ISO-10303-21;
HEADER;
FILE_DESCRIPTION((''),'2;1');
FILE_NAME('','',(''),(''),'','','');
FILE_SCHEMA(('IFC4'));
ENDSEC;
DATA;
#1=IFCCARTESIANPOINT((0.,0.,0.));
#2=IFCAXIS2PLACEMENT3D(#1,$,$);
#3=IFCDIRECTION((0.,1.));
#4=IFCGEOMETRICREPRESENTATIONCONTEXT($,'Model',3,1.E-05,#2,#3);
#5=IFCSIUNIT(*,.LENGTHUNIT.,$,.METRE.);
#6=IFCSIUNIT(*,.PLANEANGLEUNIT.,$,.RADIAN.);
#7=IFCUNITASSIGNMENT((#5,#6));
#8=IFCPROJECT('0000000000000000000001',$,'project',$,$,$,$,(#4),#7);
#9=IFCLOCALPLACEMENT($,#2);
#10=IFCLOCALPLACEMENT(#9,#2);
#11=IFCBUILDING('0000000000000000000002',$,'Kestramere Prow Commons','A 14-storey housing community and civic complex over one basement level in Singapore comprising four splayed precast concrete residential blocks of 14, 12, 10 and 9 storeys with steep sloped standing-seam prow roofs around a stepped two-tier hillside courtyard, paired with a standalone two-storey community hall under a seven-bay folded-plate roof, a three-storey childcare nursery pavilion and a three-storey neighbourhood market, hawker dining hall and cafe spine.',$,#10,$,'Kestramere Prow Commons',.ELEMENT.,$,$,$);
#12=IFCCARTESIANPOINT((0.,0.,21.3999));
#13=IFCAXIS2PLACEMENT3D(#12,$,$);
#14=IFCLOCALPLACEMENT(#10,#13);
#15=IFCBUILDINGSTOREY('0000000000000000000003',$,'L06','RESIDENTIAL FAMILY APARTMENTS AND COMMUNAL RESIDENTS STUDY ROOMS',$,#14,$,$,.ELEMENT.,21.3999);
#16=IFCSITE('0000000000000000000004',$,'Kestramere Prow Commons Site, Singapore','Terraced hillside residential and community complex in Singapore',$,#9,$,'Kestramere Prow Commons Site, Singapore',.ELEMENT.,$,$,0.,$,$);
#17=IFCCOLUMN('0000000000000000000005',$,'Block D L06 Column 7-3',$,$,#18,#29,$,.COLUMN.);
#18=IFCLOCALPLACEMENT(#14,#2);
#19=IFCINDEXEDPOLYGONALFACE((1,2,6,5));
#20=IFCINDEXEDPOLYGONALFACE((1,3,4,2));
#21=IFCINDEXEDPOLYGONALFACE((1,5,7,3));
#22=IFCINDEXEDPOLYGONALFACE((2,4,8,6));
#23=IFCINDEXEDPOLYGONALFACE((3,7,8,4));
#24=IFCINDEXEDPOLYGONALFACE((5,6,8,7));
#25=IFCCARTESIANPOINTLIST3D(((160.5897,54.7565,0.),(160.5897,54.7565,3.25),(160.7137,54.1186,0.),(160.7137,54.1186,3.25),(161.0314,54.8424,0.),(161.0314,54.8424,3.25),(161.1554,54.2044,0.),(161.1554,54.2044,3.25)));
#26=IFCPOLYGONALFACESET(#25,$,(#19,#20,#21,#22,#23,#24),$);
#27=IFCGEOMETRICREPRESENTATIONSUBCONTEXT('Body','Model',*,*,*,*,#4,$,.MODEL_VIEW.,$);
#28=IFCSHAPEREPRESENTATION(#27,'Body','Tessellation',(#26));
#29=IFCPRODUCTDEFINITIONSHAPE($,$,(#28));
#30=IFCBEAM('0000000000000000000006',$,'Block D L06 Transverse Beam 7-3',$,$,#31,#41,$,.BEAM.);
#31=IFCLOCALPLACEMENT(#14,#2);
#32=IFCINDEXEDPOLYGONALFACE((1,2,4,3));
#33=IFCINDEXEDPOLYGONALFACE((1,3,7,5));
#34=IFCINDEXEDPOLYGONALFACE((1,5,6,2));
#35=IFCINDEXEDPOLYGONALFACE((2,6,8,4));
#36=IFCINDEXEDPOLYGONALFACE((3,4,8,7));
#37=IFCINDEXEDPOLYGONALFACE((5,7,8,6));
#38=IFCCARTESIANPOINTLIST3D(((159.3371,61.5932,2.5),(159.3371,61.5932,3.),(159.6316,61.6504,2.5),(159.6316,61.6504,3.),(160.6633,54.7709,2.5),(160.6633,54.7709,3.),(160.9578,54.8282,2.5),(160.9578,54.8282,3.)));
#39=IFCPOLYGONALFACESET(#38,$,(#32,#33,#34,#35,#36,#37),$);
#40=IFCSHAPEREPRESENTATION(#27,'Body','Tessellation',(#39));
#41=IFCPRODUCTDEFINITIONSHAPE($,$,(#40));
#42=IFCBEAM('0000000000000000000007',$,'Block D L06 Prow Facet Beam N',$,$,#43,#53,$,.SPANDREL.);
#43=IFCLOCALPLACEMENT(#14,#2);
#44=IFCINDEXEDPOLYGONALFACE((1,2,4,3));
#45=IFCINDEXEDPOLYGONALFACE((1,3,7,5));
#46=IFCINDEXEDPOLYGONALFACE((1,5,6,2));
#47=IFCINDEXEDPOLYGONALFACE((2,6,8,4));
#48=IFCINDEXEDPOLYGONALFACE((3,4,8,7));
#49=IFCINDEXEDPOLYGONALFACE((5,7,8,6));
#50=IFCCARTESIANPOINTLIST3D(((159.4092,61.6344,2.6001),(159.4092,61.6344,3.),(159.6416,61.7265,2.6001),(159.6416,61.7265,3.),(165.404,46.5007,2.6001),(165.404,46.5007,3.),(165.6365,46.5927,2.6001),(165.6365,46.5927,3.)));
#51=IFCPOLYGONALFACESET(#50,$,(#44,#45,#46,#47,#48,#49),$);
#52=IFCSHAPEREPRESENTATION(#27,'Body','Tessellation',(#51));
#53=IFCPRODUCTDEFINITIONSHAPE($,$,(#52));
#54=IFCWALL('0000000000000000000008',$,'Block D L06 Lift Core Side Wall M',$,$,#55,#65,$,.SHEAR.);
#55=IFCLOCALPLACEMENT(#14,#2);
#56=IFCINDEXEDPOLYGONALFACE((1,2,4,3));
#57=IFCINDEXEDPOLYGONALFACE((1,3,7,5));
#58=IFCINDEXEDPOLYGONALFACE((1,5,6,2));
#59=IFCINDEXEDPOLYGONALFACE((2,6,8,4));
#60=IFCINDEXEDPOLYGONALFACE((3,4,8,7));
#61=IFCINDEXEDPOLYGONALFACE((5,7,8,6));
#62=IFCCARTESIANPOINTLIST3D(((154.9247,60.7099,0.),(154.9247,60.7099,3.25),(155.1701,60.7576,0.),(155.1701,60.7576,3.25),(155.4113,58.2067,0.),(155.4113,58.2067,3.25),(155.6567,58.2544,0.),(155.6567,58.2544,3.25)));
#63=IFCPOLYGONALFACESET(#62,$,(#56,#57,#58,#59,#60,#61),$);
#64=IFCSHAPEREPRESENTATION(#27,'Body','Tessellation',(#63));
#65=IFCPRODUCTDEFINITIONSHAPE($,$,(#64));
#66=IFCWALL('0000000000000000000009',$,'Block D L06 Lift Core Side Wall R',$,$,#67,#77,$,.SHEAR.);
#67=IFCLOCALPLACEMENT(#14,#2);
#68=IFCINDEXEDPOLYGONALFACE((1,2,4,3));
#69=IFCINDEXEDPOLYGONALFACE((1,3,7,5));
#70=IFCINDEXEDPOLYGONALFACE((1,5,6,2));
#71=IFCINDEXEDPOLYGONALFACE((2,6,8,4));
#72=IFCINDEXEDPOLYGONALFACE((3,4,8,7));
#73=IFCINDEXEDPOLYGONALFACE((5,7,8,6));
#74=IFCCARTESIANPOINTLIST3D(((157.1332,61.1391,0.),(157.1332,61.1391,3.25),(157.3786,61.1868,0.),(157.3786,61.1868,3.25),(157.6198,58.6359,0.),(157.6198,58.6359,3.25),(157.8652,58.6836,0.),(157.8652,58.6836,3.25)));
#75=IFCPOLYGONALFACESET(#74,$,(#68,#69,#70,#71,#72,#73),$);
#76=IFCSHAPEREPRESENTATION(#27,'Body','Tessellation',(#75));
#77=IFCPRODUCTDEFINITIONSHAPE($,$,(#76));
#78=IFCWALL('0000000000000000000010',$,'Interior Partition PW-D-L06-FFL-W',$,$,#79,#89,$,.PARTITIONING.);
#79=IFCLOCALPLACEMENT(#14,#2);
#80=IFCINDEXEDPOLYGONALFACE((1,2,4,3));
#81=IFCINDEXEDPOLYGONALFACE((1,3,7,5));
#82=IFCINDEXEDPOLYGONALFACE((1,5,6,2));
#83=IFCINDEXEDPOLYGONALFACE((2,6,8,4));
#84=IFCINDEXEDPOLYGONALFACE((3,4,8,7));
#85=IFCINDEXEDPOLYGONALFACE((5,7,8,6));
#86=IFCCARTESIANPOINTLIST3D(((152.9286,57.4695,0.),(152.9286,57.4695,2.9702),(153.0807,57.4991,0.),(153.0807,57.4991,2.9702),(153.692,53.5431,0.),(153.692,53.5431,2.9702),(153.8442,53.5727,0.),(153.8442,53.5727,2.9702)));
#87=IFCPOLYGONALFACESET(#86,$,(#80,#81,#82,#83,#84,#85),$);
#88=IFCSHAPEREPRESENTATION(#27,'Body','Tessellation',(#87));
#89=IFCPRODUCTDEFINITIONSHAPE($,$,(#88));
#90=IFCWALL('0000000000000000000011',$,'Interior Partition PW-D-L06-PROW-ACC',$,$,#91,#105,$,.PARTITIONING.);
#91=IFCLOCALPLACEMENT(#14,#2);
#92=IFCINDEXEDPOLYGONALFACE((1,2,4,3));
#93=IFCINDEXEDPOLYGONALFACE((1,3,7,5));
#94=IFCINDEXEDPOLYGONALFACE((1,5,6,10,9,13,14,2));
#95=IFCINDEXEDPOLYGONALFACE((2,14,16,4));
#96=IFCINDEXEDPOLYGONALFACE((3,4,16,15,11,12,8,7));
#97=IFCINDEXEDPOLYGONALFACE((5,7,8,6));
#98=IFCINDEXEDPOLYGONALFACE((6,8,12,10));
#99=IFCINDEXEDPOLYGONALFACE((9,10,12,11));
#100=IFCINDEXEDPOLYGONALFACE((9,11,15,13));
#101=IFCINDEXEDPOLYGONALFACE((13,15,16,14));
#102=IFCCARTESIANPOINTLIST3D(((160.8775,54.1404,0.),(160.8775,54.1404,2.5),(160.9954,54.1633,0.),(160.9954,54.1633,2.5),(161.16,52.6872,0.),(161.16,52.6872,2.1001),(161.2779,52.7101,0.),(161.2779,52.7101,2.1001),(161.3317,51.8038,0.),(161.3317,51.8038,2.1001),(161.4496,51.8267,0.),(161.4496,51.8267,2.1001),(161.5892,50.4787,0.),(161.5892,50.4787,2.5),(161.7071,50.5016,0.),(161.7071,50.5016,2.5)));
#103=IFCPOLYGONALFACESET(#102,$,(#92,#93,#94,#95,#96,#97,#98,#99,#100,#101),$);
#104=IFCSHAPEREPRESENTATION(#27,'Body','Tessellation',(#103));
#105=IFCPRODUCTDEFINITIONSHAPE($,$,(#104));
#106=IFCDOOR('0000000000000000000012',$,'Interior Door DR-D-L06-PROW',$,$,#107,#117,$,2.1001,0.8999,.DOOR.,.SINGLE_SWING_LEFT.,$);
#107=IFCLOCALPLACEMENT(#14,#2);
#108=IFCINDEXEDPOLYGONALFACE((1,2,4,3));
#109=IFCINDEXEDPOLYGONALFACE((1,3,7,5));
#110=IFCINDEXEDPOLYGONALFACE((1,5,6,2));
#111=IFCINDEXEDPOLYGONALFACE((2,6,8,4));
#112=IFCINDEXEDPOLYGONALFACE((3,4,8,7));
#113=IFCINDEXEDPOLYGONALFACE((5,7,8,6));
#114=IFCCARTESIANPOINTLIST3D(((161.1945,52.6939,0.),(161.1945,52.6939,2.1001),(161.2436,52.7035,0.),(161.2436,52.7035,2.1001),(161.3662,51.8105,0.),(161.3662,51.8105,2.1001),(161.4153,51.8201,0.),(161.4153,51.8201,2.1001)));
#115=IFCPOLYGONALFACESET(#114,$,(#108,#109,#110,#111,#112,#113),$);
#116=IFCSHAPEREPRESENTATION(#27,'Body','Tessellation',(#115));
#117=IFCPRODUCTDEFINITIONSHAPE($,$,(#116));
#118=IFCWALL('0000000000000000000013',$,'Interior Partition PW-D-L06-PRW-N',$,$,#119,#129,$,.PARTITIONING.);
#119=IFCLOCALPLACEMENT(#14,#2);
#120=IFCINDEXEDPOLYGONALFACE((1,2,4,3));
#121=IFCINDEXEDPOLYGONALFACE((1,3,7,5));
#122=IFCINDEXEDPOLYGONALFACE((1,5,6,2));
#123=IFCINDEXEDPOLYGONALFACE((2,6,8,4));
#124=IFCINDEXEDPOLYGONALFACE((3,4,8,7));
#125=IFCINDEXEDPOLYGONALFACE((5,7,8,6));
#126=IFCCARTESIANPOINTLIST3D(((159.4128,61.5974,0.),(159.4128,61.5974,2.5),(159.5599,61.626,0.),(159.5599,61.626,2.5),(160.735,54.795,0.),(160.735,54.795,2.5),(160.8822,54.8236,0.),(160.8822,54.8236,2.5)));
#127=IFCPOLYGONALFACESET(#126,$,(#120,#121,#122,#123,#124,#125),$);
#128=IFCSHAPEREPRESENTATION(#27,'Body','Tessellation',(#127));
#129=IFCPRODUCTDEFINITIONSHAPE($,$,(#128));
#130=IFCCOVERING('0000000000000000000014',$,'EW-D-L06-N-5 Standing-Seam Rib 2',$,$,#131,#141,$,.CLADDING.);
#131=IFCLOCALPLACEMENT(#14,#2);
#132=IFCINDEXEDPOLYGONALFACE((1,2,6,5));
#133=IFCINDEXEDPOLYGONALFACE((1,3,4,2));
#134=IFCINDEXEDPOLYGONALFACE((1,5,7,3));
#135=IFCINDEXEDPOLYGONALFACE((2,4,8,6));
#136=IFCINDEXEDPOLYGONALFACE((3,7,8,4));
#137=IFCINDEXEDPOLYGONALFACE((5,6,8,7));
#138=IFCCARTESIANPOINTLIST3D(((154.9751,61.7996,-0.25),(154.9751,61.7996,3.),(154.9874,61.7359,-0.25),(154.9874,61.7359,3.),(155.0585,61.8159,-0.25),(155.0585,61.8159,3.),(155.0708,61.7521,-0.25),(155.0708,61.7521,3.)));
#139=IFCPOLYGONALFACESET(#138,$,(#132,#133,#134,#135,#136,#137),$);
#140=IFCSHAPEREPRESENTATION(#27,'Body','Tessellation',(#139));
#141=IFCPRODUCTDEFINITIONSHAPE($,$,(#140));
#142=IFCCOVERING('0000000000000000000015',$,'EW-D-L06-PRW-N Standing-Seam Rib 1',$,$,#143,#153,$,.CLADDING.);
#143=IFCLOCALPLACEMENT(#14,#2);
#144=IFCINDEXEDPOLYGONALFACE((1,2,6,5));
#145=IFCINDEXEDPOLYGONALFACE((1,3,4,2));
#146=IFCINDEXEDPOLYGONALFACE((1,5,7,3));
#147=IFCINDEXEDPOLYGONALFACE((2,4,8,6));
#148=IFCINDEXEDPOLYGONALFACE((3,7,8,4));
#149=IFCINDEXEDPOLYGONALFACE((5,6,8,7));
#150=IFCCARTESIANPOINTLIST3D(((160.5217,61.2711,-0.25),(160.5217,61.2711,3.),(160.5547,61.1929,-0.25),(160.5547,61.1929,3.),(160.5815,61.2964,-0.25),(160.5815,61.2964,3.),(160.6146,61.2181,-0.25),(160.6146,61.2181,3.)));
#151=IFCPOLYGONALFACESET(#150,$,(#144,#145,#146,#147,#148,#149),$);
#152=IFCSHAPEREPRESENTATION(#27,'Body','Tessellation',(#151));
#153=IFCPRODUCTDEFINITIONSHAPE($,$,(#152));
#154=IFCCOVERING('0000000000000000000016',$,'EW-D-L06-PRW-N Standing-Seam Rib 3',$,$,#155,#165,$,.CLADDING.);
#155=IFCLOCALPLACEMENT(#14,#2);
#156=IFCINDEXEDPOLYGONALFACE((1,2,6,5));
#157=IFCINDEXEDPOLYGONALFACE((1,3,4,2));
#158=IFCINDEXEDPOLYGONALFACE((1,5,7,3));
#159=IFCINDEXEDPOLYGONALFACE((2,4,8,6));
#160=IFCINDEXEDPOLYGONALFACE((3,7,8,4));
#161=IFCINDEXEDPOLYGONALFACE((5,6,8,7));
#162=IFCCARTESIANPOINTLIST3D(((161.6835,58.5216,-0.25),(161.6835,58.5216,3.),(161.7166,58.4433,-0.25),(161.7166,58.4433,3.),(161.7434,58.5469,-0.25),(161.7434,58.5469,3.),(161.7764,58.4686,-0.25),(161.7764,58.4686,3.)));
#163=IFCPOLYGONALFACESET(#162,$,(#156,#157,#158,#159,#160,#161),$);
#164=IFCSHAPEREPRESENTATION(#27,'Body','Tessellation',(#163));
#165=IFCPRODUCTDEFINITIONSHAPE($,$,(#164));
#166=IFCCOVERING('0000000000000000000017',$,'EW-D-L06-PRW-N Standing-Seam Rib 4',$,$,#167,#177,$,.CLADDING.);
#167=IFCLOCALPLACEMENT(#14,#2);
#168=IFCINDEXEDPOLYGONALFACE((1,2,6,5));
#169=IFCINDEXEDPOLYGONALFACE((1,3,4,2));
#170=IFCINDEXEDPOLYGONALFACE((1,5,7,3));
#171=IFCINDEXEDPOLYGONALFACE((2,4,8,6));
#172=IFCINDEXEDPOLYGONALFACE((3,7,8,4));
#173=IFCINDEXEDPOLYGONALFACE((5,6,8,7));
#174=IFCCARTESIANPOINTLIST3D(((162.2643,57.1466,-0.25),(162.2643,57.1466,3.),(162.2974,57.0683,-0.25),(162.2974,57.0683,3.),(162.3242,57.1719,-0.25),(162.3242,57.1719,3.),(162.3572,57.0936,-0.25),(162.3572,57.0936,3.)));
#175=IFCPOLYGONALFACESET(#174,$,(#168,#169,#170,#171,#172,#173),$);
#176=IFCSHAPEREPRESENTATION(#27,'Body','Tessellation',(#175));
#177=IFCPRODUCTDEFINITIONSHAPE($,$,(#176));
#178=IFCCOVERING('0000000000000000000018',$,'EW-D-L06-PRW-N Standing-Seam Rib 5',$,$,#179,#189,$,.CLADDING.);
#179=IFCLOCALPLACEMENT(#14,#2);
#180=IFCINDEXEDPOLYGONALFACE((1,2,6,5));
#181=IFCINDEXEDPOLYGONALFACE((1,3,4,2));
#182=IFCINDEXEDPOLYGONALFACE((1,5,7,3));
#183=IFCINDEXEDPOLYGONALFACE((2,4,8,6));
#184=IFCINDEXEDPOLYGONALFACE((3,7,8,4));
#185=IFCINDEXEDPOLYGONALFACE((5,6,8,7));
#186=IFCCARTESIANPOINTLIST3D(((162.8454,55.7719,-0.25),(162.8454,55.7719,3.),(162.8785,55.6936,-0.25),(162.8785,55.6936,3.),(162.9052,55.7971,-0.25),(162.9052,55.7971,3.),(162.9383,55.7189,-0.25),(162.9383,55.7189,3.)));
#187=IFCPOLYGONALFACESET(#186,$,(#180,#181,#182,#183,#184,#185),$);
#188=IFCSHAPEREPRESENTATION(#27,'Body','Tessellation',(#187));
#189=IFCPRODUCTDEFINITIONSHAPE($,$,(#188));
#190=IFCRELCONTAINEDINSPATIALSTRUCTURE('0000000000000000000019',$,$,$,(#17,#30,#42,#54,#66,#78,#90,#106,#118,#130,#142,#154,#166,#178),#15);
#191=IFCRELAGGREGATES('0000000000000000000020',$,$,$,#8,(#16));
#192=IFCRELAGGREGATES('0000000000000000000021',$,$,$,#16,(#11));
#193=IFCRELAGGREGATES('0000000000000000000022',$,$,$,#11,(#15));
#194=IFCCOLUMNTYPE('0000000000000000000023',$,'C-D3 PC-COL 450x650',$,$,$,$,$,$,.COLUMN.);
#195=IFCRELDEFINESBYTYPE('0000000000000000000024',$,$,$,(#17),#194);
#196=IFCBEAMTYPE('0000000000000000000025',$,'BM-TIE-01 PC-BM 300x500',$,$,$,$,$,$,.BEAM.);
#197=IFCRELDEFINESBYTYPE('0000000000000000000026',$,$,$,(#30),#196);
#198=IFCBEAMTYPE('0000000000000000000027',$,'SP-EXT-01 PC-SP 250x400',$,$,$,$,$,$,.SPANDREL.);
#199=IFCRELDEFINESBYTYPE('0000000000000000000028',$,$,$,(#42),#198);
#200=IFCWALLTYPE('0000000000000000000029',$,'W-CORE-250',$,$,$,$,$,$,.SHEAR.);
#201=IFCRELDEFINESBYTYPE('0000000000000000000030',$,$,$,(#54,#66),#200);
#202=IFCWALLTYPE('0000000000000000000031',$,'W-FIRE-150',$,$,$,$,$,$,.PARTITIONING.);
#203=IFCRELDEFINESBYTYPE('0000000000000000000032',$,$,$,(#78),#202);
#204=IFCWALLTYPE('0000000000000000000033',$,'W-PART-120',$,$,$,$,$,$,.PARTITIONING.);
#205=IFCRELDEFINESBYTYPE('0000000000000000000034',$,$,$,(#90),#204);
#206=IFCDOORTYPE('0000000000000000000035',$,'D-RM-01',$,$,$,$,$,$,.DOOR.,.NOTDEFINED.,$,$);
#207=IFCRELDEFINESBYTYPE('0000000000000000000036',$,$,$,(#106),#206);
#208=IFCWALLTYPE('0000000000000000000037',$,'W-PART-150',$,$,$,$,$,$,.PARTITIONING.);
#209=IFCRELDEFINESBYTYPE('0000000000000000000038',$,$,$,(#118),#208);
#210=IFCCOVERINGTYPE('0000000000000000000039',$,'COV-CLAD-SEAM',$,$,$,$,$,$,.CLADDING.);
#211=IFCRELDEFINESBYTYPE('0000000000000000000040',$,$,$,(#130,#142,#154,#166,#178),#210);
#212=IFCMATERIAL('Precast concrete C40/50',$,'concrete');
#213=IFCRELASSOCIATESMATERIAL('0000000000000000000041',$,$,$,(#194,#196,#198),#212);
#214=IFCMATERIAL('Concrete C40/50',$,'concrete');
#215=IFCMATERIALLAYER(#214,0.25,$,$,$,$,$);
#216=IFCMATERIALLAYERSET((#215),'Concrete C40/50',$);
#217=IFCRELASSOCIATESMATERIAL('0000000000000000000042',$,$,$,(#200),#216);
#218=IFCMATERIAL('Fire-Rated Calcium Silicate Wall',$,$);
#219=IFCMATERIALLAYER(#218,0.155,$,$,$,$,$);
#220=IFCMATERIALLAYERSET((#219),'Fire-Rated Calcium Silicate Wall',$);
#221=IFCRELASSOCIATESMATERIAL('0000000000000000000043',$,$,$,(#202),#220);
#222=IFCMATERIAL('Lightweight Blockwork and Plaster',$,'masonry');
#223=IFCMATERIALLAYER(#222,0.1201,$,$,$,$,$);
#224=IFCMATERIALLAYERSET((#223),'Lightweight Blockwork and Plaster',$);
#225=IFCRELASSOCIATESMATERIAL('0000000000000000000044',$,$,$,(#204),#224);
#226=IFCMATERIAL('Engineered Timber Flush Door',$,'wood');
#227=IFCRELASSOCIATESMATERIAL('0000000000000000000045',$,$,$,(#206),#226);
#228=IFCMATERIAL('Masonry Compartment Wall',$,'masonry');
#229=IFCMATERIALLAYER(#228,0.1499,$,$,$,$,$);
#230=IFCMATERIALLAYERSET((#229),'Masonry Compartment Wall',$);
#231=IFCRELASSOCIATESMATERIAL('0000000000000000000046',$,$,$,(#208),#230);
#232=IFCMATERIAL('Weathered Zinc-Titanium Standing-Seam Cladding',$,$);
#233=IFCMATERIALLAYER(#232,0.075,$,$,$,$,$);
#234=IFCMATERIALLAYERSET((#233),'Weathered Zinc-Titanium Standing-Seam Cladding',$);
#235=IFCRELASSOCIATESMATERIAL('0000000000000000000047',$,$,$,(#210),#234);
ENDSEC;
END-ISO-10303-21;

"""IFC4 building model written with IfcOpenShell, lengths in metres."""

from ifc_helpers import new_model, si_unit, direction, frame, frame_2d, origin, origin_2d, place, context, subcontext, project, spatial, rectangle, extrude, material, layer, layer_set, material_profile, profile_set, type_object, element, fill, save


model = new_model("IFC4")

# Units and contexts
model_context = context("Model", 3, precision=1e-05, world=origin(), true_north=direction((0.0, 1.0)))
body_context = subcontext(model_context, "Body", "Model", "MODEL_VIEW")
ifc_project = project(units=[si_unit("LENGTHUNIT", "METRE"), si_unit("PLANEANGLEUNIT", "RADIAN")], contexts=[model_context])

# Site, building, storey
site_placement = place(None, origin())
site = spatial("IfcSite", under=ifc_project, at=site_placement, Name="Kestramere Prow Commons Site, Singapore", Description="Terraced hillside residential and community complex in Singapore", LongName="Kestramere Prow Commons Site, Singapore", CompositionType="ELEMENT", RefElevation=0.0)
building_placement = place(site_placement, origin())
building = spatial("IfcBuilding", under=site, at=building_placement, Name="Kestramere Prow Commons", Description="A 14-storey housing community and civic complex over one basement level in Singapore comprising four splayed precast concrete residential blocks of 14, 12, 10 and 9 storeys with steep sloped standing-seam prow roofs around a stepped two-tier hillside courtyard, paired with a standalone two-storey community hall under a seven-bay folded-plate roof, a three-storey childcare nursery pavilion and a three-storey neighbourhood market, hawker dining hall and cafe spine.", LongName="Kestramere Prow Commons", CompositionType="ELEMENT")
storey_placement = place(building_placement, frame((0.0, 0.0, 21.3999)))
storey = spatial("IfcBuildingStorey", under=building, at=storey_placement, Name="L06", Description="RESIDENTIAL FAMILY APARTMENTS AND COMMUNAL RESIDENTS STUDY ROOMS", CompositionType="ELEMENT", Elevation=21.3999)

# Column
ifc_material_1 = material(Name="Precast concrete C40/50", Category="concrete")
ifc_material_profile_1 = material_profile(ifc_material_1, rectangle(XDim=0.45, YDim=0.6499, at=origin_2d()), Name="PC-COL 450x650")
ifc_profile_set_1 = profile_set([ifc_material_profile_1], Name="Precast concrete C40/50")
column_type = type_object("IfcColumnType", Name="C-D3 PC-COL 450x650", PredefinedType="COLUMN", material=ifc_profile_set_1)
column_placement = place(storey_placement, frame((160.8726, 54.4805, 0.0), z_axis=(0.0, 0.0, 1.0), x_axis=(0.981627, 0.190809, 0.0)))
element("IfcColumn", 1, at=column_placement, inside=storey, type_object=column_type, Name="Block D L06 Column 7-3", PredefinedType="COLUMN", context=body_context, shape_type="SweptSolid", body=[
    extrude(rectangle(XDim=0.45, YDim=0.6499, at=origin_2d()), origin(), (0.0, 0.0, 1.0), 3.25),
])

# Beams
ifc_material_profile_2 = material_profile(ifc_material_1, rectangle(XDim=0.3, YDim=0.5, at=origin_2d()), Name="PC-BM 300x500")
ifc_profile_set_2 = profile_set([ifc_material_profile_2], Name="Precast concrete C40/50")
beam_type_1 = type_object("IfcBeamType", Name="BM-TIE-01 PC-BM 300x500", PredefinedType="BEAM", material=ifc_profile_set_2)
beam_1_placement = place(storey_placement, frame((160.8105, 54.7996, 2.75), z_axis=(-0.190817, 0.981626, 0.0), x_axis=(-0.981626, -0.190817, 0.0)))
element("IfcBeam", 2, at=beam_1_placement, inside=storey, type_object=beam_type_1, Name="Block D L06 Transverse Beam 7-3", PredefinedType="BEAM", context=body_context, shape_type="SweptSolid", body=[
    extrude(rectangle(XDim=0.3, YDim=0.5, at=origin_2d()), origin(), (0.0, 0.0, 1.0), 6.95),
])
ifc_material_profile_3 = material_profile(ifc_material_1, rectangle(XDim=0.25, YDim=0.3999, at=origin_2d()), Name="PC-SP 250x400")
ifc_profile_set_3 = profile_set([ifc_material_profile_3], Name="Precast concrete C40/50")
beam_type_2 = type_object("IfcBeamType", Name="SP-EXT-01 PC-SP 250x400", PredefinedType="SPANDREL", material=ifc_profile_set_3)
beam_2_placement = place(storey_placement, frame((159.5254, 61.6804, 2.8), z_axis=(0.368283, -0.929714, 0.0), x_axis=(0.929714, 0.368283, 0.0)))
element("IfcBeam", 3, at=beam_2_placement, inside=storey, type_object=beam_type_2, Name="Block D L06 Prow Facet Beam N", PredefinedType="SPANDREL", context=body_context, shape_type="SweptSolid", body=[
    extrude(rectangle(XDim=0.25, YDim=0.3999, at=origin_2d()), origin(), (0.0, 0.0, 1.0), 16.2778),
])

# Shared definitions
ifc_material_2 = material(Name="Concrete C40/50", Category="concrete")
ifc_layer_1 = layer(ifc_material_2, 0.25)
ifc_layer_set_1 = layer_set([ifc_layer_1], Name="Concrete C40/50")
wall_type_1 = type_object("IfcWallType", Name="W-CORE-250", PredefinedType="SHEAR", material=ifc_layer_set_1)

# Walls
for number, where, z_axis, x_axis, name in (
    (4, (155.5339, 58.2307, 0.0), (0.0, 0.0, 1.0), (-0.190811, 0.981627, 0.0), "Block D L06 Lift Core Side Wall M"),
    (5, (157.7424, 58.6599, 0.0), (0.0, 0.0, 1.0), (-0.190811, 0.981627, 0.0), "Block D L06 Lift Core Side Wall R"),
):
    element("IfcWall", number, at=place(storey_placement, frame(where, z_axis=z_axis, x_axis=x_axis)), inside=storey, type_object=wall_type_1, Name=name, PredefinedType="SHEAR", context=body_context, shape_type="SweptSolid", body=[
        extrude(rectangle(XDim=2.55, YDim=0.25, at=frame_2d((1.2749, 0.0))), origin(), (0.0, 0.0, 1.0), 3.25),
    ])
ifc_material_3 = material(Name="Fire-Rated Calcium Silicate Wall")
ifc_layer_2 = layer(ifc_material_3, 0.155)
ifc_layer_set_2 = layer_set([ifc_layer_2], Name="Fire-Rated Calcium Silicate Wall")
wall_type_2 = type_object("IfcWallType", Name="W-FIRE-150", PredefinedType="PARTITIONING", material=ifc_layer_set_2)
wall_1_placement = place(storey_placement, frame((153.7681, 53.5579, 0.0), z_axis=(0.0, 0.0, 1.0), x_axis=(-0.190855, 0.981618, 0.0)))
element("IfcWall", 6, at=wall_1_placement, inside=storey, type_object=wall_type_2, Name="Interior Partition PW-D-L06-FFL-W", PredefinedType="PARTITIONING", context=body_context, shape_type="SweptSolid", body=[
    extrude(rectangle(XDim=4.0, YDim=0.155, at=frame_2d((2.0, 0.0))), origin(), (0.0, 0.0, 1.0), 2.9702),
])

# Wall, opening, door
ifc_material_4 = material(Name="Lightweight Blockwork and Plaster", Category="masonry")
ifc_layer_3 = layer(ifc_material_4, 0.1201)
ifc_layer_set_3 = layer_set([ifc_layer_3], Name="Lightweight Blockwork and Plaster")
wall_type_3 = type_object("IfcWallType", Name="W-PART-120", PredefinedType="PARTITIONING", material=ifc_layer_set_3)
wall_2_placement = place(storey_placement, frame((161.6482, 50.49, 0.0), z_axis=(0.0, 0.0, 1.0), x_axis=(-0.190789, 0.981631, 0.0)))
wall_2 = element("IfcWall", 7, at=wall_2_placement, inside=storey, type_object=wall_type_3, Name="Interior Partition PW-D-L06-PROW-ACC", PredefinedType="PARTITIONING", context=body_context, shape_type="SweptSolid", body=[
    extrude(rectangle(XDim=3.7302, YDim=0.1201, at=frame_2d((1.8652, 0.0))), origin(), (0.0, 0.0, 1.0), 2.5),
])
opening_1_placement = place(wall_2_placement, frame((1.3501, 0.0, 0.0)))
opening_1 = element("IfcOpeningElement", 8, at=opening_1_placement, cuts=wall_2, PredefinedType="OPENING", context=body_context, shape_type="SweptSolid", body=[
    extrude(rectangle(XDim=0.8999, YDim=2.1001, at=frame_2d((0.45, 1.05))), frame((0.0, 0.075, 0.0), z_axis=(0.0, -1.0, 0.0), x_axis=(1.0, 0.0, 0.0)), (0.0, 0.0, 1.0), 0.1501),
])
ifc_material_5 = material(Name="Engineered Timber Flush Door", Category="wood")
door_type_1 = type_object("IfcDoorType", Name="D-RM-01", OperationType="NOTDEFINED", PredefinedType="DOOR", material=ifc_material_5)
door_1_placement = place(opening_1_placement, origin())
door_1 = element("IfcDoor", 9, at=door_1_placement, inside=storey, type_object=door_type_1, Name="Interior Door DR-D-L06-PROW", OperationType="SINGLE_SWING_LEFT", OverallHeight=2.1001, OverallWidth=0.8999, PredefinedType="DOOR", context=body_context, shape_type="SweptSolid", body=[
    extrude(rectangle(XDim=0.8999, YDim=2.1001, at=frame_2d((0.45, 1.05))), frame((0.0, 0.0249, 0.0), z_axis=(0.0, -1.0, 0.0), x_axis=(1.0, 0.0, 0.0)), (0.0, 0.0, 1.0), 0.05),
])
fill(opening_1, door_1)

# Wall
ifc_material_6 = material(Name="Masonry Compartment Wall", Category="masonry")
ifc_layer_4 = layer(ifc_material_6, 0.1499)
ifc_layer_set_4 = layer_set([ifc_layer_4], Name="Masonry Compartment Wall")
wall_type_4 = type_object("IfcWallType", Name="W-PART-150", PredefinedType="PARTITIONING", material=ifc_layer_set_4)
wall_3_placement = place(storey_placement, frame((160.8086, 54.8093, 0.0), z_axis=(0.0, 0.0, 1.0), x_axis=(-0.190808, 0.981627, 0.0)))
element("IfcWall", 10, at=wall_3_placement, inside=storey, type_object=wall_type_4, Name="Interior Partition PW-D-L06-PRW-N", PredefinedType="PARTITIONING", context=body_context, shape_type="SweptSolid", body=[
    extrude(rectangle(XDim=6.9297, YDim=0.1499, at=frame_2d((3.4648, 0.0))), origin(), (0.0, 0.0, 1.0), 2.5),
])

# Coverings
ifc_material_7 = material(Name="Weathered Zinc-Titanium Standing-Seam Cladding")
ifc_layer_5 = layer(ifc_material_7, 0.075)
ifc_layer_set_5 = layer_set([ifc_layer_5], Name="Weathered Zinc-Titanium Standing-Seam Cladding")
covering_type = type_object("IfcCoveringType", Name="COV-CLAD-SEAM", PredefinedType="CLADDING", material=ifc_layer_set_5)
for number, where, z_axis, x_axis, name in (
    (11, (155.0229, 61.7759, -0.25), (0.0, 0.0, 1.0), (0.981627, 0.190809, 0.0), "EW-D-L06-N-5 Standing-Seam Rib 2"),
    (12, (160.5681, 61.2446, -0.25), (0.0, 0.0, 1.0), (0.38922, -0.921145, 0.0), "EW-D-L06-PRW-N Standing-Seam Rib 1"),
    (13, (161.73, 58.4951, -0.25), (0.0, 0.0, 1.0), (0.38922, -0.921145, 0.0), "EW-D-L06-PRW-N Standing-Seam Rib 3"),
    (14, (162.3108, 57.1201, -0.25), (0.0, 0.0, 1.0), (0.38922, -0.921145, 0.0), "EW-D-L06-PRW-N Standing-Seam Rib 4"),
    (15, (162.8918, 55.7454, -0.25), (0.0, 0.0, 1.0), (0.38922, -0.921145, 0.0), "EW-D-L06-PRW-N Standing-Seam Rib 5"),
):
    element("IfcCovering", number, at=place(storey_placement, frame(where, z_axis=z_axis, x_axis=x_axis)), inside=storey, type_object=covering_type, Name=name, PredefinedType="CLADDING", context=body_context, shape_type="SweptSolid", body=[
        extrude(rectangle(XDim=0.085, YDim=0.0649, at=origin_2d()), origin(), (0.0, 0.0, 1.0), 3.25),
    ])

save(model, "model.ifc")
